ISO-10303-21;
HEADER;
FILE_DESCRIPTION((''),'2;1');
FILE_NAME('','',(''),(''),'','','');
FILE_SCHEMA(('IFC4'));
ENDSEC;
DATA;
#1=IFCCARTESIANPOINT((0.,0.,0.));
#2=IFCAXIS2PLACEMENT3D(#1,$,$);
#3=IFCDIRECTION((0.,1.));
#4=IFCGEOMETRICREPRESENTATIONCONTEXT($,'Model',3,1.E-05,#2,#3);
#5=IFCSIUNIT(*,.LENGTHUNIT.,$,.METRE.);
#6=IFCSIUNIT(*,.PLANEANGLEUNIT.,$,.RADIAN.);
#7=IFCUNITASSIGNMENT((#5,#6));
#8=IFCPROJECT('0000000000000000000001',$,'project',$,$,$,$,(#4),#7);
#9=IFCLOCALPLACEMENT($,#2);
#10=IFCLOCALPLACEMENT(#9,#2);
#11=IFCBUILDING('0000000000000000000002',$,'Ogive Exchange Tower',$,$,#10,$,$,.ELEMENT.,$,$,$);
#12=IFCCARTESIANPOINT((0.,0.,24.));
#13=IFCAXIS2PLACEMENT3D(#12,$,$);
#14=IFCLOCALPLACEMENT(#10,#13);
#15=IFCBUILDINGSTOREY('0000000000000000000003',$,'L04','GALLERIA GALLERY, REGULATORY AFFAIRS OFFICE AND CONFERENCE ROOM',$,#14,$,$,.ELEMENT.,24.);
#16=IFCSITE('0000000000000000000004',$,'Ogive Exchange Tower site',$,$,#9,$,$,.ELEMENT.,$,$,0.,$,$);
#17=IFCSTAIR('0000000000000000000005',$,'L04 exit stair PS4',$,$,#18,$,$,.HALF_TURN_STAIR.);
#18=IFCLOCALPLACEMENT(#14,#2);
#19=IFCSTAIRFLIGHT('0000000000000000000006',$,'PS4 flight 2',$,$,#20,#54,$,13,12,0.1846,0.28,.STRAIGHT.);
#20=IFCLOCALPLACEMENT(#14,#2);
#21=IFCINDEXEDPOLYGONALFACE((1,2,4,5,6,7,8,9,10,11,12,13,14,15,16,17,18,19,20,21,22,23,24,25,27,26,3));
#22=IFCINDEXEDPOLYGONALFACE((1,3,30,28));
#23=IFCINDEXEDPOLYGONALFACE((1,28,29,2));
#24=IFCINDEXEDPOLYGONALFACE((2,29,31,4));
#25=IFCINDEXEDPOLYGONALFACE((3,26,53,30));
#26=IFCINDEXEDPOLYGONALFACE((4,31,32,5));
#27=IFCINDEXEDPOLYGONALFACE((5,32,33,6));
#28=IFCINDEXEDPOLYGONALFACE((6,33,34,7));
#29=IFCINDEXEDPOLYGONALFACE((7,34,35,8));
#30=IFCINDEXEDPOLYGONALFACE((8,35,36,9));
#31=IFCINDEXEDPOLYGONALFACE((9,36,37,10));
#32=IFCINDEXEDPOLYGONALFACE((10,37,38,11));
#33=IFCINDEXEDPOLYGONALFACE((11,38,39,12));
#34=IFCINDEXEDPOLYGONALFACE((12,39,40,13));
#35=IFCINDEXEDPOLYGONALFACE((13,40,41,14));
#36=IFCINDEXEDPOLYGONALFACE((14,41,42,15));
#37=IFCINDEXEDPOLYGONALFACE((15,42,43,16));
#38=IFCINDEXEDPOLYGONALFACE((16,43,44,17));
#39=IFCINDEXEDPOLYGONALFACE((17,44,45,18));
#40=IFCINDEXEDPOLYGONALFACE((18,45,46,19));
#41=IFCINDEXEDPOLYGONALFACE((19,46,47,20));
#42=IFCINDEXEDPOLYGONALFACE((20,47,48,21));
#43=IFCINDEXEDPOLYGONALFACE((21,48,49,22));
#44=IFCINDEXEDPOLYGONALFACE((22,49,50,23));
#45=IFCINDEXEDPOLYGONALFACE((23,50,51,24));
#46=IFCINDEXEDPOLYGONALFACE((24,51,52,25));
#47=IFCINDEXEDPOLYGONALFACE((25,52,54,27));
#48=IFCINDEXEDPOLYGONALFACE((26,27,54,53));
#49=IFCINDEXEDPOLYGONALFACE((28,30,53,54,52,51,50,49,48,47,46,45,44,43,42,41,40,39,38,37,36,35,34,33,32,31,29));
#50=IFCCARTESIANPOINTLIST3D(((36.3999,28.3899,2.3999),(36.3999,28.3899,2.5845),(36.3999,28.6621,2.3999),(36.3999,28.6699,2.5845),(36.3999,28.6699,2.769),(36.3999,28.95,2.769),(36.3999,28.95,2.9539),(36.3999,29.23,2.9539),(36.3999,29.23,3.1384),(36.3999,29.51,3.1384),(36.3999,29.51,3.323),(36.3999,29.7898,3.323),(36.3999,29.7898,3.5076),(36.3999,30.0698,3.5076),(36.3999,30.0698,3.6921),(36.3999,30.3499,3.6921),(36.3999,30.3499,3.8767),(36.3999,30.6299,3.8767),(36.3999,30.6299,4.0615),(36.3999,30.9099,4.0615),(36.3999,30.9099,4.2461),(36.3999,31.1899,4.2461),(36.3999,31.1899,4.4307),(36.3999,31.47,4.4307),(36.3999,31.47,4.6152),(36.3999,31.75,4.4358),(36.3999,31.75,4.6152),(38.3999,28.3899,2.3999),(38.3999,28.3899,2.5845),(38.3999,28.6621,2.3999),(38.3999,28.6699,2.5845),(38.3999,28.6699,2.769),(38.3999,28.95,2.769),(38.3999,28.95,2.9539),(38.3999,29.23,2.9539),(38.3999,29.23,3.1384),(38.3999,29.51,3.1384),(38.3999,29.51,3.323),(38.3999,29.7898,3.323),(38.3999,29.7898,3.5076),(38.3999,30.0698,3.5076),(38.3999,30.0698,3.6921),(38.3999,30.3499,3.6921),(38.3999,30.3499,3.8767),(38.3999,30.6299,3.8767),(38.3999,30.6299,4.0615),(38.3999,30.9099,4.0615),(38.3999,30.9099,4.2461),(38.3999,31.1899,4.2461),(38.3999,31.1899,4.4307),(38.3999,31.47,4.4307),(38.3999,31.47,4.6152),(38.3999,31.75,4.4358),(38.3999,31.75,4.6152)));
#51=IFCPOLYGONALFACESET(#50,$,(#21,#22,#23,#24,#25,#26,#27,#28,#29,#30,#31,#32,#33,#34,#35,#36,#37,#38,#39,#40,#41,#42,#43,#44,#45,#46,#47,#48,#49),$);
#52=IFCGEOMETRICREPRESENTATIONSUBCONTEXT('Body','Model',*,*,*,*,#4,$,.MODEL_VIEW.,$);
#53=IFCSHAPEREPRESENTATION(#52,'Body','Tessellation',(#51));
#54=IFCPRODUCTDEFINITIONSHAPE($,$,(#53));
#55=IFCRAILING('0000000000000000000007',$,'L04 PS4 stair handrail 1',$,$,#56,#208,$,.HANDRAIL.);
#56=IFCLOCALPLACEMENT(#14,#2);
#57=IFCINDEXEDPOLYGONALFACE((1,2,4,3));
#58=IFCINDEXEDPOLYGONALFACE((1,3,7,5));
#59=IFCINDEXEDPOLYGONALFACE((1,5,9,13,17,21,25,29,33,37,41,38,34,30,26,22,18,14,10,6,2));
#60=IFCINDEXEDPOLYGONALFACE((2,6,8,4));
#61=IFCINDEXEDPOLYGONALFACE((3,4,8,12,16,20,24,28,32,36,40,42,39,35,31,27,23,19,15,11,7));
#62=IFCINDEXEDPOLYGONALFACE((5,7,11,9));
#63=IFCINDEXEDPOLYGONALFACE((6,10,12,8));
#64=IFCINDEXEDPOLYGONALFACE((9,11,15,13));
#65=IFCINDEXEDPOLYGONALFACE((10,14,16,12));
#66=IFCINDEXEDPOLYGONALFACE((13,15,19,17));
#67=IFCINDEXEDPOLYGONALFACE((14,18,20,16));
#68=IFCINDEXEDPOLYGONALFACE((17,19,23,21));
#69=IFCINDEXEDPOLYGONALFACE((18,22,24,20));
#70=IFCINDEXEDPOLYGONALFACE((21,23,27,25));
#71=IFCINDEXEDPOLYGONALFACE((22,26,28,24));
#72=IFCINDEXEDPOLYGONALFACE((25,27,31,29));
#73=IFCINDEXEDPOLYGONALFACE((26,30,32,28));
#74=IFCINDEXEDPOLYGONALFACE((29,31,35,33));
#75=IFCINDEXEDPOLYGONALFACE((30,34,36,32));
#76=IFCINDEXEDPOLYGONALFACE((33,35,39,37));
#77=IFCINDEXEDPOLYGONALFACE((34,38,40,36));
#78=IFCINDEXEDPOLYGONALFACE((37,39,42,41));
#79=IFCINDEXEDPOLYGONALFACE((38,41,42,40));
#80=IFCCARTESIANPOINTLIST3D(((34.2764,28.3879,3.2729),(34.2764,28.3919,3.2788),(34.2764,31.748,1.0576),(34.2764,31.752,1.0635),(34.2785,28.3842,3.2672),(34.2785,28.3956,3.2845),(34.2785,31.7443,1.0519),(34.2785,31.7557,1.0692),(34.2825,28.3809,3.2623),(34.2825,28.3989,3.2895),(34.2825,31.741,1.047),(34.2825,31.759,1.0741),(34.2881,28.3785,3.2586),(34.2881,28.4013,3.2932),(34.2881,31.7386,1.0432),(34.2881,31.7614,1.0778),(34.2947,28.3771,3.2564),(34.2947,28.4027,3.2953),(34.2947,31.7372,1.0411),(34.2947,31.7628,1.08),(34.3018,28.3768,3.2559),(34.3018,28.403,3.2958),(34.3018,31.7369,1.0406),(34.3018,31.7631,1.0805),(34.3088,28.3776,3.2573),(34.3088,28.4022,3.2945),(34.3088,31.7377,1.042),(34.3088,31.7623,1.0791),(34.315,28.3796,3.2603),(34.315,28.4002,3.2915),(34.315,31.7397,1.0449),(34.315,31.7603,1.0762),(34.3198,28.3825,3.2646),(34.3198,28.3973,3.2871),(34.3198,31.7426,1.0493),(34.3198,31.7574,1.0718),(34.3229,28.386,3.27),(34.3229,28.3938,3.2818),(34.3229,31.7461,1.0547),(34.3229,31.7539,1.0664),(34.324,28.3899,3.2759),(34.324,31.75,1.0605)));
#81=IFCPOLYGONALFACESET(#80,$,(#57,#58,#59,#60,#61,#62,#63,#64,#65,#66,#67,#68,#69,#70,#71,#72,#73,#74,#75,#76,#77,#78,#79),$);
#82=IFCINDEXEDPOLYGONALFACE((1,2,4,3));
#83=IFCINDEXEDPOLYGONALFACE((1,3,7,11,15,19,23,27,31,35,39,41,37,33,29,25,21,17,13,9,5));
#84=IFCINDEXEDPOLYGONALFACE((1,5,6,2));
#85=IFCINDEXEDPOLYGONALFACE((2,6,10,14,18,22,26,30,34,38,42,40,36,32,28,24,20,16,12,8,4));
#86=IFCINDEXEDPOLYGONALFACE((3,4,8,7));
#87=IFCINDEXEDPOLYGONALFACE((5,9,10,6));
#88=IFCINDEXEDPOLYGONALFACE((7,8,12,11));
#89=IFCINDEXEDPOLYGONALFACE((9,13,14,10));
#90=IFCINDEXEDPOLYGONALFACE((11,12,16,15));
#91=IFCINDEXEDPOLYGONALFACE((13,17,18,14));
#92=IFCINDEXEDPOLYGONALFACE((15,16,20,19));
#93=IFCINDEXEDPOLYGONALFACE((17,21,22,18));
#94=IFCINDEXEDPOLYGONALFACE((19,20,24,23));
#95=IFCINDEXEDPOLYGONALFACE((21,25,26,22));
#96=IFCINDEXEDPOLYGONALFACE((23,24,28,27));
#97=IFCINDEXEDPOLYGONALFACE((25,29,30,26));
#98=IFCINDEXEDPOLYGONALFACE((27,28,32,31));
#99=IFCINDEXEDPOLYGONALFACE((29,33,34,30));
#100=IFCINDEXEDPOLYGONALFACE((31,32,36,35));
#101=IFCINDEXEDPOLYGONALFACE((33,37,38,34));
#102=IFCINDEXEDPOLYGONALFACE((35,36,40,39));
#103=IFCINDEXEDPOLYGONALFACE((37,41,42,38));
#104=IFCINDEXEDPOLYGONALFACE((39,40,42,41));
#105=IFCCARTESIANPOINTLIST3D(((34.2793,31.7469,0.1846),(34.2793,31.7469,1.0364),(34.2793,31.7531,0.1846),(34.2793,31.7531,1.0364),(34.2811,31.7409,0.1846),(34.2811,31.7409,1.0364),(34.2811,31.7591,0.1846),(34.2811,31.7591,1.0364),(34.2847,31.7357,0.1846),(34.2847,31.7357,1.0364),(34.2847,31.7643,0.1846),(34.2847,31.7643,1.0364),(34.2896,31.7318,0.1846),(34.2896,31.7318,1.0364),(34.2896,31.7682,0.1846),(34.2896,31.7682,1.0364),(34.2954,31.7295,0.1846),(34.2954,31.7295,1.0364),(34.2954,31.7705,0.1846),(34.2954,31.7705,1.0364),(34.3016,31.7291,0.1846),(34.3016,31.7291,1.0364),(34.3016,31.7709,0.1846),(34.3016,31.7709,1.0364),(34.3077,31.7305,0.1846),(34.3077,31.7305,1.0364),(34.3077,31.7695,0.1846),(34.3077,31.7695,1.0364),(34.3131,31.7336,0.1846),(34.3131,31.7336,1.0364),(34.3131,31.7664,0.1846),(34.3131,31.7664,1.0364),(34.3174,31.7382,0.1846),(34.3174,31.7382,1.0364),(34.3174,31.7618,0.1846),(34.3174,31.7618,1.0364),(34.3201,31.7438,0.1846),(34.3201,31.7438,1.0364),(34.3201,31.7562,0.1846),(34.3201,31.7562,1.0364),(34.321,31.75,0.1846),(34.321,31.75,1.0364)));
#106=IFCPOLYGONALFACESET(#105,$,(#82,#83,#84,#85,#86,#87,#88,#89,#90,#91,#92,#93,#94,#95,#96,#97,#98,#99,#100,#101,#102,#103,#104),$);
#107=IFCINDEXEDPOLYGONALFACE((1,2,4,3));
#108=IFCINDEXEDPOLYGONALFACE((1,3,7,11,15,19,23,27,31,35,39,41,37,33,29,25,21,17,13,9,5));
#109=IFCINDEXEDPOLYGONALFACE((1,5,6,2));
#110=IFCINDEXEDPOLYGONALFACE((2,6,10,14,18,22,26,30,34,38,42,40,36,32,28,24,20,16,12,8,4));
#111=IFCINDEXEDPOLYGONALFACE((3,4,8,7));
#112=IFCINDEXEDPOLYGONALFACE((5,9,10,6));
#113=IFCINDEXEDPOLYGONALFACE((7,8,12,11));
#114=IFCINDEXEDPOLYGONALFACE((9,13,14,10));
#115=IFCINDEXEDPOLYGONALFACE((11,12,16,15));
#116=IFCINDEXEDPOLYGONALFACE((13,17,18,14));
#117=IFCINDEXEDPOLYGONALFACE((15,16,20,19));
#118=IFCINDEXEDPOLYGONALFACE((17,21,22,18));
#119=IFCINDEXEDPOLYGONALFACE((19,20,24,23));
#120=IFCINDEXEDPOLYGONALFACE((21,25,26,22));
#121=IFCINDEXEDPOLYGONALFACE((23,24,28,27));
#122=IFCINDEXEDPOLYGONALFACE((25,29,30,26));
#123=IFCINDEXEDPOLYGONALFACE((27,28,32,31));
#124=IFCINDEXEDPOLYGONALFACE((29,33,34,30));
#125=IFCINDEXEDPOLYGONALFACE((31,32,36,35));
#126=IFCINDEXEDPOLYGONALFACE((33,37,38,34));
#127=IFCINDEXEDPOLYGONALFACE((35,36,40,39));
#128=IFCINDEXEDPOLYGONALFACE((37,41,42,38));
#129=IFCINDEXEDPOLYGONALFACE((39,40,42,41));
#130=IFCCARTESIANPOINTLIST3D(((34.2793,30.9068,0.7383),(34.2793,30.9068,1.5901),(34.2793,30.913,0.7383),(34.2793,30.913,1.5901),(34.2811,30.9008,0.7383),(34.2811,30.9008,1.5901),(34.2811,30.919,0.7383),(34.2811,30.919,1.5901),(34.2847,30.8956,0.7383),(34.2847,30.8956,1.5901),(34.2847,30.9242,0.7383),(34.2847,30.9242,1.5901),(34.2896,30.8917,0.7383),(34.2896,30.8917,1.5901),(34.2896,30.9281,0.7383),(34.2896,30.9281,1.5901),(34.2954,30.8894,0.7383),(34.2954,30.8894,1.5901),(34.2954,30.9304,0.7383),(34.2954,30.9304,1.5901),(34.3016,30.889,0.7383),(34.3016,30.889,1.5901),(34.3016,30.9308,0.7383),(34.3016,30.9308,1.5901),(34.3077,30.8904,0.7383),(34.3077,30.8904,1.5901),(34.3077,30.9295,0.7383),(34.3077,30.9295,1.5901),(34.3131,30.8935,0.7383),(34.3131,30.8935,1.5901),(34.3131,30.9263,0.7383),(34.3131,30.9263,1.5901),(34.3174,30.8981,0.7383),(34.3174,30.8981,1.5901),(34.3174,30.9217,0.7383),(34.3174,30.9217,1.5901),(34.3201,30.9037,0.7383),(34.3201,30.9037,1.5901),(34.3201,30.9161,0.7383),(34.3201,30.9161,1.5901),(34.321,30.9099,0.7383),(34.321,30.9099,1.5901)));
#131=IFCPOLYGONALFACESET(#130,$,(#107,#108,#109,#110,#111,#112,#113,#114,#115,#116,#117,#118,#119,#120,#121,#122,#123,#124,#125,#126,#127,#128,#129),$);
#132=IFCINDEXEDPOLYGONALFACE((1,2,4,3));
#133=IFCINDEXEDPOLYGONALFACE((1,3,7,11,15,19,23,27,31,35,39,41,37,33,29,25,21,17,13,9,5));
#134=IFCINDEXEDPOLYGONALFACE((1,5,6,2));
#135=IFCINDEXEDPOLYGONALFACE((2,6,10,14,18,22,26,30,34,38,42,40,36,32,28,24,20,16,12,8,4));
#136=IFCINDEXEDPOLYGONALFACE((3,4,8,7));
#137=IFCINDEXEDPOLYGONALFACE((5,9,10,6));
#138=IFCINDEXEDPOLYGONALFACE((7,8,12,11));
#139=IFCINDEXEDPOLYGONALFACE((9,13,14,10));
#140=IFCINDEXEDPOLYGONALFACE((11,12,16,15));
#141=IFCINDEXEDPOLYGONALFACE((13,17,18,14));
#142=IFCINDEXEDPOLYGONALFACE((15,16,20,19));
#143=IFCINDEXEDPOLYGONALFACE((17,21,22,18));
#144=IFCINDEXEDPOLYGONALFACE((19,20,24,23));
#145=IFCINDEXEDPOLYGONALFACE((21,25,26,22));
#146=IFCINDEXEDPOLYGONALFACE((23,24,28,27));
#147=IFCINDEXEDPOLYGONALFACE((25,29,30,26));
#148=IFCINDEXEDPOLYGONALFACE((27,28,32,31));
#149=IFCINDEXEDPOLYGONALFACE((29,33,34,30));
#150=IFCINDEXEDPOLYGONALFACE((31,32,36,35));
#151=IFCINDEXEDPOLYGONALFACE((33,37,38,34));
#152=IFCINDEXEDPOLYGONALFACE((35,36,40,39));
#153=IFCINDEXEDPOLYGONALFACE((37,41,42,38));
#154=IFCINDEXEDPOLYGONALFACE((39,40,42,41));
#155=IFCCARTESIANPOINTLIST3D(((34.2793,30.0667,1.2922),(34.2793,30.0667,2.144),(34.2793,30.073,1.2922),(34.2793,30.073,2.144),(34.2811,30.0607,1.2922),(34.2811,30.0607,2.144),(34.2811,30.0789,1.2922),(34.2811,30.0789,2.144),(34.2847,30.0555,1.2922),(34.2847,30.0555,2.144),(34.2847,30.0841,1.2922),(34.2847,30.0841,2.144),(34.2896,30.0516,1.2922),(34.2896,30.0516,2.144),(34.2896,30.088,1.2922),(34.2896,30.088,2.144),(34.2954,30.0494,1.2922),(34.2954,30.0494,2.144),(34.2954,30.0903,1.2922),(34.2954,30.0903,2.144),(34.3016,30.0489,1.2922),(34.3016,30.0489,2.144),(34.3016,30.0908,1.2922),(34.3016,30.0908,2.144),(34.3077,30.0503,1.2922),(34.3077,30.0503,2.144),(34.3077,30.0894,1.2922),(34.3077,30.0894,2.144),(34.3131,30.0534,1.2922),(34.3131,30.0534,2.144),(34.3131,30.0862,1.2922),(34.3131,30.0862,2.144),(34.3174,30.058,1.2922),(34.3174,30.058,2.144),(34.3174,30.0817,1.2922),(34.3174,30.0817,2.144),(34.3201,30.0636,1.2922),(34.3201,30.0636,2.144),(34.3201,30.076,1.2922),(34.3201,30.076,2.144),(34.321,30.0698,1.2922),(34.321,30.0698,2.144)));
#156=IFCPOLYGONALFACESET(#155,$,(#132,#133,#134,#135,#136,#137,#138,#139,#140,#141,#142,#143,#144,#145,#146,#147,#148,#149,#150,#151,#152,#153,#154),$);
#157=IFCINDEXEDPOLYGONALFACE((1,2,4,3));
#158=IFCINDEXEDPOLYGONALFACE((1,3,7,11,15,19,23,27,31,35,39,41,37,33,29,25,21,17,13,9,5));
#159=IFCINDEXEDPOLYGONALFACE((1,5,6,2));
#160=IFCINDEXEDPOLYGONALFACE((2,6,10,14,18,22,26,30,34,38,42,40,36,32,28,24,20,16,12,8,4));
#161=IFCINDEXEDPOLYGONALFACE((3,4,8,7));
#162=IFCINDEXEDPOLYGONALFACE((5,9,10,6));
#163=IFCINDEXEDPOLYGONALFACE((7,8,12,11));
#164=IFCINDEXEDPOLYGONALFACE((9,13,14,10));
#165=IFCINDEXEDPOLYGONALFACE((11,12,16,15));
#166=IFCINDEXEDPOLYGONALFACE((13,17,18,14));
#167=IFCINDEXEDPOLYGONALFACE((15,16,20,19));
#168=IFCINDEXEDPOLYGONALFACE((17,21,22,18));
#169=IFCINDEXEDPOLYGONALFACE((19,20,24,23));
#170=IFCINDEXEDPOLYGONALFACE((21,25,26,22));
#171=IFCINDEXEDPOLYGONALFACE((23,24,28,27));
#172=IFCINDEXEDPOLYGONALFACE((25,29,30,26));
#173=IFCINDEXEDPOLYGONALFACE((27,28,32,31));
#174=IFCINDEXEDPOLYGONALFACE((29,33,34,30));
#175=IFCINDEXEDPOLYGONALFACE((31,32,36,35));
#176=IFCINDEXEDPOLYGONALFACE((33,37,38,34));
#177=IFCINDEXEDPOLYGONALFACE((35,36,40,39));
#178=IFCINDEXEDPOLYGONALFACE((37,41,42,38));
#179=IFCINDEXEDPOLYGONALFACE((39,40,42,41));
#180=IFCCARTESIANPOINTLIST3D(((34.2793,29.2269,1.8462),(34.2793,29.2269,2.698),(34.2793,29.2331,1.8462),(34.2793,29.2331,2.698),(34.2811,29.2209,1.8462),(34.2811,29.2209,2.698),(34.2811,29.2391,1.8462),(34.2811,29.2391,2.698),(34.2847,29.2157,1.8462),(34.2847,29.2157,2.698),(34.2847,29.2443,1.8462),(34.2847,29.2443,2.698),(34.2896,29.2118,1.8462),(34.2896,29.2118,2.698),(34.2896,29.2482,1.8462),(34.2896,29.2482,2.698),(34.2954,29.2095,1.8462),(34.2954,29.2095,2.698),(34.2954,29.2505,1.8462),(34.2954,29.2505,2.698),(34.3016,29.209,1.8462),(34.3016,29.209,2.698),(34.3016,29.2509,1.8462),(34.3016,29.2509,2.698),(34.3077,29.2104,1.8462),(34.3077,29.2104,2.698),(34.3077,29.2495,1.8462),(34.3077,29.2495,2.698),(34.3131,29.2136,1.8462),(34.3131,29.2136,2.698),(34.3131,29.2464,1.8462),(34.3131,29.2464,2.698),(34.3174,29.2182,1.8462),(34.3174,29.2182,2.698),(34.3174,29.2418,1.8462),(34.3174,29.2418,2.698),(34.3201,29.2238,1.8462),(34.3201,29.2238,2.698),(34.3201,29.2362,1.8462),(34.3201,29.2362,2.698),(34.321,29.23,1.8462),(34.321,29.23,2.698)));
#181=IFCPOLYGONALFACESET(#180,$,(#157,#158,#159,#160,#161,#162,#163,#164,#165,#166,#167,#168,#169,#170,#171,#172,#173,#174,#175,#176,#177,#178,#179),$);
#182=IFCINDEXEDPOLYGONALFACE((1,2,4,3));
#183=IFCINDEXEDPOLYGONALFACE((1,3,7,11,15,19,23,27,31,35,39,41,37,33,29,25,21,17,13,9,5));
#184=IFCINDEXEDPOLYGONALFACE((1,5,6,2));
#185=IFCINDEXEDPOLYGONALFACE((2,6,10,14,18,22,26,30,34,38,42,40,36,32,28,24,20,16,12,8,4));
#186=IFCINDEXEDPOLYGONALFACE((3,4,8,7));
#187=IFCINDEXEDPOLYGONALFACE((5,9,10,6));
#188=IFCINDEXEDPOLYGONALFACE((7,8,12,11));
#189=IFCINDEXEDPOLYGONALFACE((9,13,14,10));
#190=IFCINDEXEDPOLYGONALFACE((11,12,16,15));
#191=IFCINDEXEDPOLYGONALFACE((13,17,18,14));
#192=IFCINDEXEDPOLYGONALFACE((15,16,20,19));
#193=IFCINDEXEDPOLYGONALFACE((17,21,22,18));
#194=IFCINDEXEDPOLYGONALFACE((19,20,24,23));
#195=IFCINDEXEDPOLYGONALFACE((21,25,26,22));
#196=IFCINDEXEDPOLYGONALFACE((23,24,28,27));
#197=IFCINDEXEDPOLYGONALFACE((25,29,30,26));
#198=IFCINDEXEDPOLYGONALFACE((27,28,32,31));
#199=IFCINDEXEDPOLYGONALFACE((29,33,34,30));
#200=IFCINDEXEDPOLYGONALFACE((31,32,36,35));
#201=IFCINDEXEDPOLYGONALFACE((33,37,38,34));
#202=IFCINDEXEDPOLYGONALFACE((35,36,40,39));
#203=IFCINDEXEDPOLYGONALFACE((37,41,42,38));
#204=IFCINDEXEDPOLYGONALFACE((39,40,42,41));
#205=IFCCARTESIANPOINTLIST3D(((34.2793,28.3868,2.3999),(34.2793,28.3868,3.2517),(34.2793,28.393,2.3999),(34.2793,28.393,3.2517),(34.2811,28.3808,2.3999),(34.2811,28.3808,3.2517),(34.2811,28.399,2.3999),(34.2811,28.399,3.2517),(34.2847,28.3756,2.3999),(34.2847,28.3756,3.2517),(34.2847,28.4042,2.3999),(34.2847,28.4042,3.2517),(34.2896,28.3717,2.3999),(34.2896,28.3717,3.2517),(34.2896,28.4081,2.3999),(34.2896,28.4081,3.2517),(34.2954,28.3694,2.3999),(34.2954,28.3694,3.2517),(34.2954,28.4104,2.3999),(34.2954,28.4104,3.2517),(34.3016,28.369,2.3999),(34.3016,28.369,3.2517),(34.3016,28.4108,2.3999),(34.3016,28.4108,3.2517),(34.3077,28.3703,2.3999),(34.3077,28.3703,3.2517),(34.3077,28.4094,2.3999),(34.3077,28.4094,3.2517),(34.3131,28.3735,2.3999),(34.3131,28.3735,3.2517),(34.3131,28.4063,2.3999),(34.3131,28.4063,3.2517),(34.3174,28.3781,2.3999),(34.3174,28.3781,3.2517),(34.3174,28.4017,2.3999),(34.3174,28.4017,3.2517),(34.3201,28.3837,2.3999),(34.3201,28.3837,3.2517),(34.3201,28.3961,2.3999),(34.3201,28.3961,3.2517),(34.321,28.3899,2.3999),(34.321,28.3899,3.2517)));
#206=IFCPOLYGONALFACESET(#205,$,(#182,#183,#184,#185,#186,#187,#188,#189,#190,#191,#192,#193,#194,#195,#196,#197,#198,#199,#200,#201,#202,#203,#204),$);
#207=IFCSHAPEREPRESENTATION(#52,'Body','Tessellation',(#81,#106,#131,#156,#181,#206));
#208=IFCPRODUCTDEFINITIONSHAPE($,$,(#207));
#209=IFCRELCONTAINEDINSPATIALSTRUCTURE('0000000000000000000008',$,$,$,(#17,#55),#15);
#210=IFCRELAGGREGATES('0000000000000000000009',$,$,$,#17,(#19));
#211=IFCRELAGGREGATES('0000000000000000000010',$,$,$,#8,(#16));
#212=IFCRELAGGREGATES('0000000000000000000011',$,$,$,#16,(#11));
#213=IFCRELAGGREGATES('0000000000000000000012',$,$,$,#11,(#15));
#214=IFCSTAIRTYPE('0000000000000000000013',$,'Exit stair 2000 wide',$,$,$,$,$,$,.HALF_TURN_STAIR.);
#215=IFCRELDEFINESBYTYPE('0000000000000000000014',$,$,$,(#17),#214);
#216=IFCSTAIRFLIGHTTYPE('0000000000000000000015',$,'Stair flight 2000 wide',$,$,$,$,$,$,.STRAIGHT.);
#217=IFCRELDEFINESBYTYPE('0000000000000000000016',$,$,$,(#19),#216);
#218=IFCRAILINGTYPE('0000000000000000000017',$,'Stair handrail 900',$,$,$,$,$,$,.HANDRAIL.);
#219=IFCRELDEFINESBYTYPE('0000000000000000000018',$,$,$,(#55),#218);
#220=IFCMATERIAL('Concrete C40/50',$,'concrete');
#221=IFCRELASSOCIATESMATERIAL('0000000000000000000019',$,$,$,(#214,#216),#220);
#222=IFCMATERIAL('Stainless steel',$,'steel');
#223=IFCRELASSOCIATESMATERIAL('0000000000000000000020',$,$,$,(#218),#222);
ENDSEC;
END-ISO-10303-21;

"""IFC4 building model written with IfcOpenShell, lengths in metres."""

from ifc_helpers import new_model, si_unit, direction, frame, origin, origin_2d, place, context, subcontext, project, spatial, polyline, circle, outline, extrude, material, type_object, element, aggregate, save


model = new_model("IFC4")

# Units and contexts
model_context = context("Model", 3, precision=1e-05, world=origin(), true_north=direction((0.0, 1.0)))
body_context = subcontext(model_context, "Body", "Model", "MODEL_VIEW")
ifc_project = project(units=[si_unit("LENGTHUNIT", "METRE"), si_unit("PLANEANGLEUNIT", "RADIAN")], contexts=[model_context])

# Site, building, storey
site_placement = place(None, origin())
site = spatial("IfcSite", under=ifc_project, at=site_placement, Name="Ogive Exchange Tower site", CompositionType="ELEMENT", RefElevation=0.0)
building_placement = place(site_placement, origin())
building = spatial("IfcBuilding", under=site, at=building_placement, Name="Ogive Exchange Tower", CompositionType="ELEMENT")
storey_placement = place(building_placement, frame((0.0, 0.0, 24.0)))
storey = spatial("IfcBuildingStorey", under=building, at=storey_placement, Name="L04", Description="GALLERIA GALLERY, REGULATORY AFFAIRS OFFICE AND CONFERENCE ROOM", CompositionType="ELEMENT", Elevation=24.0)

# Stair, stair flight
ifc_material_1 = material(Name="Concrete C40/50", Category="concrete")
stair_type = type_object("IfcStairType", Name="Exit stair 2000 wide", PredefinedType="HALF_TURN_STAIR", material=ifc_material_1)
stair_placement = place(storey_placement, origin())
stair = element("IfcStair", 1, at=stair_placement, inside=storey, type_object=stair_type, Name="L04 exit stair PS4", PredefinedType="HALF_TURN_STAIR")
stair_flight_type = type_object("IfcStairFlightType", Name="Stair flight 2000 wide", PredefinedType="STRAIGHT", material=ifc_material_1)
stair_flight_1_placement = place(storey_placement, frame((37.3999, 28.3899, 2.3999), z_axis=(0.0, 0.0, 1.0), x_axis=(0.0, 1.0, 0.0)))
stair_flight_1 = element("IfcStairFlight", 2, at=stair_flight_1_placement, type_object=stair_flight_type, Name="PS4 flight 2", NumberOfRisers=13, NumberOfTreads=12, PredefinedType="STRAIGHT", RiserHeight=0.1846, TreadLength=0.28, context=body_context, shape_type="SweptSolid", body=[
    extrude(outline(polyline([(0.0, 0.0), (0.0, 0.1846), (0.28, 0.1846), (0.28, 0.3691), (0.5601, 0.3691), (0.5601, 0.554), (0.8401, 0.554), (0.8401, 0.7385), (1.1201, 0.7385), (1.1201, 0.9231), (1.3999, 0.9231), (1.3999, 1.1077), (1.6799, 1.1077), (1.6799, 1.2922), (1.96, 1.2922), (1.96, 1.4768), (2.24, 1.4768), (2.24, 1.6616), (2.52, 1.6616), (2.52, 1.8462), (2.8, 1.8462), (2.8, 2.0308), (3.0801, 2.0308), (3.0801, 2.2153), (3.3601, 2.2153), (3.3601, 2.3999), (3.3601, 2.0359), (0.2722, 0.0), (0.0, 0.0)])), frame((0.0, 1.0, 0.0), z_axis=(0.0, -1.0, 0.0), x_axis=(1.0, 0.0, 0.0)), (0.0, 0.0, 1.0), 2.0),
])
aggregate(stair, [stair_flight_1])

# Railing
ifc_material_2 = material(Name="Stainless steel", Category="steel")
railing_type = type_object("IfcRailingType", Name="Stair handrail 900", PredefinedType="HANDRAIL", material=ifc_material_2)
railing_1_placement = place(storey_placement, frame((34.3, 31.75, 0.1846)))
element("IfcRailing", 3, at=railing_1_placement, inside=storey, type_object=railing_type, Name="L04 PS4 stair handrail 1", PredefinedType="HANDRAIL", context=body_context, shape_type="SweptSolid", body=[
    extrude(circle(Radius=0.0239, at=origin_2d()), frame((0.0, 0.0, 0.876), z_axis=(0.0, -0.834876, 0.550437), x_axis=(1.0, 0.0, 0.0)), (0.0, 0.0, 1.0), 4.0247),
    extrude(circle(Radius=0.021, at=origin_2d()), origin(), (0.0, 0.0, 1.0), 0.8518),
    extrude(circle(Radius=0.021, at=origin_2d()), frame((0.0, -0.8401, 0.5537)), (0.0, 0.0, 1.0), 0.8518),
    extrude(circle(Radius=0.021, at=origin_2d()), frame((0.0, -1.6802, 1.1077)), (0.0, 0.0, 1.0), 0.8518),
    extrude(circle(Radius=0.021, at=origin_2d()), frame((0.0, -2.52, 1.6616)), (0.0, 0.0, 1.0), 0.8518),
    extrude(circle(Radius=0.021, at=origin_2d()), frame((0.0, -3.3601, 2.2153)), (0.0, 0.0, 1.0), 0.8518),
])

save(model, "model.ifc")
